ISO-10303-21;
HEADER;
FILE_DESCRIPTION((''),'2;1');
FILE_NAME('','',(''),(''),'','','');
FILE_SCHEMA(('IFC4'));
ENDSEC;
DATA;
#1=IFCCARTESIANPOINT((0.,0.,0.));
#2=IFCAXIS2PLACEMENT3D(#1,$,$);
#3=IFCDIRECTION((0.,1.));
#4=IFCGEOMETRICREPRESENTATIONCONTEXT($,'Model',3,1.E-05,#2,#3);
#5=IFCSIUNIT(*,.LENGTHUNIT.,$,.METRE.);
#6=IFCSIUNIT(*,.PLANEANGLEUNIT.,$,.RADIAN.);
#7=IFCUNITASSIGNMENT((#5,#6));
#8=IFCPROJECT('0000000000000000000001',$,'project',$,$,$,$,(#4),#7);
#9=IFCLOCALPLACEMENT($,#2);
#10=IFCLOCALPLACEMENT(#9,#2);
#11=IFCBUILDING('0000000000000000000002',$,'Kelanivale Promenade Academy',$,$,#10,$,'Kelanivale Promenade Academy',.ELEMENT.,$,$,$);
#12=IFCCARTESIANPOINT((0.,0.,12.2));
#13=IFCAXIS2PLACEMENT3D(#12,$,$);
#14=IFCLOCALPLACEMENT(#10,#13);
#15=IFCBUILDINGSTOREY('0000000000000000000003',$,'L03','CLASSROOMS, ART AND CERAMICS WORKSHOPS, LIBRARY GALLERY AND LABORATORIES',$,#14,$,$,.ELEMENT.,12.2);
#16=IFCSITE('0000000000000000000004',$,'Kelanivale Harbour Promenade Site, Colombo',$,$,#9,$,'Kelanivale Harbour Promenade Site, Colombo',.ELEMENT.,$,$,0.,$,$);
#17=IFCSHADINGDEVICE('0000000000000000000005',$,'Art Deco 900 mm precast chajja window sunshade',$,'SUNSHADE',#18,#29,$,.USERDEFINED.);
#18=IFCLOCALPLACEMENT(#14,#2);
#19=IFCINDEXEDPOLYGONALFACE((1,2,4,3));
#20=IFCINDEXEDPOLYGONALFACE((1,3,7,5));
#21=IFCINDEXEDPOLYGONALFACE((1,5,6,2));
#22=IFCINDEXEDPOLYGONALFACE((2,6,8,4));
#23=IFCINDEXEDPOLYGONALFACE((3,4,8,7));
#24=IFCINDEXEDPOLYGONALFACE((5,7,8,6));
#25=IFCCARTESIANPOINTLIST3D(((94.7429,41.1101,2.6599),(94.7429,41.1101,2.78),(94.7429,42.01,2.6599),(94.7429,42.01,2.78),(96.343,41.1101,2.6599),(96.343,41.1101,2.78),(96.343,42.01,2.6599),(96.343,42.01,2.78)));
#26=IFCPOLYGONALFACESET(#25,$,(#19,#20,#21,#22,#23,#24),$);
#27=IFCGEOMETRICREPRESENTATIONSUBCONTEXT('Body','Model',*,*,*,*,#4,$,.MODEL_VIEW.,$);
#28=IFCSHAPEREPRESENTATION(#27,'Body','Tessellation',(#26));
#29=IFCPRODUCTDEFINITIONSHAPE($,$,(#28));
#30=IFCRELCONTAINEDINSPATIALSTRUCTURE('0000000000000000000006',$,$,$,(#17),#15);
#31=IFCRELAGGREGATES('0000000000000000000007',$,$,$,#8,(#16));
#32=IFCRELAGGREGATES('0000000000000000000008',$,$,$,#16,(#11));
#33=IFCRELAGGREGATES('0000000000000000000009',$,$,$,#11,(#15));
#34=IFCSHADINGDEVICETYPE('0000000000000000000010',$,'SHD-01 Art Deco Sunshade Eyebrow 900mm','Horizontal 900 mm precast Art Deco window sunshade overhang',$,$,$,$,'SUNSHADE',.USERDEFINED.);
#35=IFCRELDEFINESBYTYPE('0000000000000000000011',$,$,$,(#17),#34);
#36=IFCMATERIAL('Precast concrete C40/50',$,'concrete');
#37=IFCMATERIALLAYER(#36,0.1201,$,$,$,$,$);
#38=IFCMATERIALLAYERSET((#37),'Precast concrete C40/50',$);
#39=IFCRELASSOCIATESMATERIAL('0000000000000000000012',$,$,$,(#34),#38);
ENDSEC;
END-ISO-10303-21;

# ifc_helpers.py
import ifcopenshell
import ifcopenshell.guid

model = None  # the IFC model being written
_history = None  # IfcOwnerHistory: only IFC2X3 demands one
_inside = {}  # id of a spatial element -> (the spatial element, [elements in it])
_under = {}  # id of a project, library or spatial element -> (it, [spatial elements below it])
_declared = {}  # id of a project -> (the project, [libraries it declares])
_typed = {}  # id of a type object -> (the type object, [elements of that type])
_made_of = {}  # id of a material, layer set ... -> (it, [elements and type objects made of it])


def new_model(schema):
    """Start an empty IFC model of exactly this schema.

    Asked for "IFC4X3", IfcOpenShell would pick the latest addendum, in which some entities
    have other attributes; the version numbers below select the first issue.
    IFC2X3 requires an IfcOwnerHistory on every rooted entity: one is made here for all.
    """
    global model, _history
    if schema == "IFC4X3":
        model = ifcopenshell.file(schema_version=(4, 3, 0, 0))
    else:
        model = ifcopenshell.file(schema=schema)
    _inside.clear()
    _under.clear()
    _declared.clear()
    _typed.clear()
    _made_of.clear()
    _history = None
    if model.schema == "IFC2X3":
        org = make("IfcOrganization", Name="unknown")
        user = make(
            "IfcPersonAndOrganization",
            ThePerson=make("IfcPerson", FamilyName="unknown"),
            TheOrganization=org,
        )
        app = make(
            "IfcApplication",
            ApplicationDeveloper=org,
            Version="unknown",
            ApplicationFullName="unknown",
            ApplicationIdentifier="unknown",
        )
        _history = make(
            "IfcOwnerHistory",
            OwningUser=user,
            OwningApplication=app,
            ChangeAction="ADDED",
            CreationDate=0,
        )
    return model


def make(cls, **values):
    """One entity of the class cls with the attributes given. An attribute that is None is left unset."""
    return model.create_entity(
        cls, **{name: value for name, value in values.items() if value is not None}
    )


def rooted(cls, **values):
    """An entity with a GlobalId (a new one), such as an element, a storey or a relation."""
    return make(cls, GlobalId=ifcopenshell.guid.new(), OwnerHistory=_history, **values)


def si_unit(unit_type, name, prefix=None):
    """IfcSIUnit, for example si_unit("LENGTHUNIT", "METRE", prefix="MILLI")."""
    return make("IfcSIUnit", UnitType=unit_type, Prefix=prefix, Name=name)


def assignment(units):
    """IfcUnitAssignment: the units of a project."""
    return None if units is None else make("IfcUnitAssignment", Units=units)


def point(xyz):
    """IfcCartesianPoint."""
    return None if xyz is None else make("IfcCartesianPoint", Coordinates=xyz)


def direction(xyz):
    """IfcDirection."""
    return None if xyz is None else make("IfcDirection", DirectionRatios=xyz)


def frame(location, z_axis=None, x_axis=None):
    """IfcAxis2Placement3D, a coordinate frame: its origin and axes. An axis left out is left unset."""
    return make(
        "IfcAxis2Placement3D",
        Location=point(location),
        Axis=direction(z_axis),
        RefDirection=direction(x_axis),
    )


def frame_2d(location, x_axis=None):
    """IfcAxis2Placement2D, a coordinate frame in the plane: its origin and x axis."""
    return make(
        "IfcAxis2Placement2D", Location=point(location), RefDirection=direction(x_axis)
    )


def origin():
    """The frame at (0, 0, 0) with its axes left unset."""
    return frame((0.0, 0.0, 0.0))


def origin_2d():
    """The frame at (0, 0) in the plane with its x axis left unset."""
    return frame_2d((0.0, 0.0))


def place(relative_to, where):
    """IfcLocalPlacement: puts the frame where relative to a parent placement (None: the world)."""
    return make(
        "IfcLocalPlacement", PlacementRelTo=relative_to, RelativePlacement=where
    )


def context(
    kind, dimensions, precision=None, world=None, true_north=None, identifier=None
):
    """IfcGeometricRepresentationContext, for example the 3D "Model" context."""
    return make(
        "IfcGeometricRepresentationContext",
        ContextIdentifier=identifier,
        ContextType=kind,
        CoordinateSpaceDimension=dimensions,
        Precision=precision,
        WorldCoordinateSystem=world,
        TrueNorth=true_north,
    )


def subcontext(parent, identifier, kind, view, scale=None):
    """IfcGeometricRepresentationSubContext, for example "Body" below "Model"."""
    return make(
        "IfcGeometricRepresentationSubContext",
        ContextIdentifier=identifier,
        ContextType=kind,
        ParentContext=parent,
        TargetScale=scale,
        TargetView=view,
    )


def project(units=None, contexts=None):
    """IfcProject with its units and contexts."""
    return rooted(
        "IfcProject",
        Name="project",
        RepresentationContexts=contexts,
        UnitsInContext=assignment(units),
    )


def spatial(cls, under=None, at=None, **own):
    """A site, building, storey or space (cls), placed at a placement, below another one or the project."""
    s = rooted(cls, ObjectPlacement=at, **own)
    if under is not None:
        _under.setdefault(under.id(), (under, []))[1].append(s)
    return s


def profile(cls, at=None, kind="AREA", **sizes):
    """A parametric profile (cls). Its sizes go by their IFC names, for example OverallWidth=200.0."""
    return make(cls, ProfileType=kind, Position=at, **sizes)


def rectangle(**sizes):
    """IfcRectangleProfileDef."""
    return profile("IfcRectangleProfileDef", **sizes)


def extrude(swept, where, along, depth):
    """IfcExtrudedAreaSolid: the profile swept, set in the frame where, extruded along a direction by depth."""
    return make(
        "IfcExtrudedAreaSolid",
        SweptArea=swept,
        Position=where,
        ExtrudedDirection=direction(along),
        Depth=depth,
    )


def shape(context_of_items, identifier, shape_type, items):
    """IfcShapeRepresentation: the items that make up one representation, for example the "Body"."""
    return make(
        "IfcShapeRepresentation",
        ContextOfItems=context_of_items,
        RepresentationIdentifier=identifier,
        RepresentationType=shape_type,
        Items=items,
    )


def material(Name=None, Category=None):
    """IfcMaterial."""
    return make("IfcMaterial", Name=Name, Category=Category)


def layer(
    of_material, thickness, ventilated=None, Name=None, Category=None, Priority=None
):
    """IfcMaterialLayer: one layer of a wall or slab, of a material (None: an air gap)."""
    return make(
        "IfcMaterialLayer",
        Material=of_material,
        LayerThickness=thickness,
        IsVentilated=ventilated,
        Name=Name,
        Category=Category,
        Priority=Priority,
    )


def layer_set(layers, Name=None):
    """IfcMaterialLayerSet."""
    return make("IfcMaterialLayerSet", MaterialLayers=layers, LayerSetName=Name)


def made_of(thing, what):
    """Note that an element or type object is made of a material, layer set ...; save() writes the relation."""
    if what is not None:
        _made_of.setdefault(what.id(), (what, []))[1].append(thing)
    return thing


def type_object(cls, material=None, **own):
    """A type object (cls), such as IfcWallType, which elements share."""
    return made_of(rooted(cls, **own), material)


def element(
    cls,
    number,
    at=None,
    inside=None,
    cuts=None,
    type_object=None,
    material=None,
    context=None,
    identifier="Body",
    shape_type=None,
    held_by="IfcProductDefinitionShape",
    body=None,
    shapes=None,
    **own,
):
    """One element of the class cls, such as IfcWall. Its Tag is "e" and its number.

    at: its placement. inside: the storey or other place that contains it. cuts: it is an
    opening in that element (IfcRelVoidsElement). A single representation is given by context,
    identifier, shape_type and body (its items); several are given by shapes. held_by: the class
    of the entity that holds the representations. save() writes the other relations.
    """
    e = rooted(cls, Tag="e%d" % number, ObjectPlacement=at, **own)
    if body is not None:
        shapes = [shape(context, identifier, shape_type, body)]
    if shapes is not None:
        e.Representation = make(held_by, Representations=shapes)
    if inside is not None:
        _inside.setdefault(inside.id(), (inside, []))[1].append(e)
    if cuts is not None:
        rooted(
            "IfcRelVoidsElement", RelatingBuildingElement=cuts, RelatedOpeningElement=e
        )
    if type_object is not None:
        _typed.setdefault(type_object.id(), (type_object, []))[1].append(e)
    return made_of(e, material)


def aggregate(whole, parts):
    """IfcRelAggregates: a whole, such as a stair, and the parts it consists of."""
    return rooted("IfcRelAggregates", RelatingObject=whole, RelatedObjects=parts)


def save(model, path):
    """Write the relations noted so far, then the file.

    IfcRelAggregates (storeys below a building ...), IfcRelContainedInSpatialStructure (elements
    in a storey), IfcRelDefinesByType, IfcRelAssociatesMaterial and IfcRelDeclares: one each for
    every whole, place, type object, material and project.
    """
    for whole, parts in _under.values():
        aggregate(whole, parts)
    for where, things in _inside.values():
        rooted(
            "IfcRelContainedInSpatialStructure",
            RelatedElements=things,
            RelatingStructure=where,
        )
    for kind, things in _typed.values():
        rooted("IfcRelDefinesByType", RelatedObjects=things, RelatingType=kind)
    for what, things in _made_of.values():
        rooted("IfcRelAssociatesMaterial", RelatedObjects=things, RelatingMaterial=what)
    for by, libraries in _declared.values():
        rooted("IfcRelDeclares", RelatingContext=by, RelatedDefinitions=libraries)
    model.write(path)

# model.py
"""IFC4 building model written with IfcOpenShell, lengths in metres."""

from ifc_helpers import new_model, si_unit, direction, frame, origin, origin_2d, place, context, subcontext, project, spatial, rectangle, extrude, material, layer, layer_set, type_object, element, save


model = new_model("IFC4")

# Units and contexts
model_context = context("Model", 3, precision=1e-05, world=origin(), true_north=direction((0.0, 1.0)))
body_context = subcontext(model_context, "Body", "Model", "MODEL_VIEW")
ifc_project = project(units=[si_unit("LENGTHUNIT", "METRE"), si_unit("PLANEANGLEUNIT", "RADIAN")], contexts=[model_context])

# Site, building, storey
site_placement = place(None, origin())
site = spatial("IfcSite", under=ifc_project, at=site_placement, Name="Kelanivale Harbour Promenade Site, Colombo", LongName="Kelanivale Harbour Promenade Site, Colombo", CompositionType="ELEMENT", RefElevation=0.0)
building_placement = place(site_placement, origin())
building = spatial("IfcBuilding", under=site, at=building_placement, Name="Kelanivale Promenade Academy", LongName="Kelanivale Promenade Academy", CompositionType="ELEMENT")
storey_placement = place(building_placement, frame((0.0, 0.0, 12.2)))
storey = spatial("IfcBuildingStorey", under=building, at=storey_placement, Name="L03", Description="CLASSROOMS, ART AND CERAMICS WORKSHOPS, LIBRARY GALLERY AND LABORATORIES", CompositionType="ELEMENT", Elevation=12.2)

# Shading device
ifc_material_1 = material(Name="Precast concrete C40/50", Category="concrete")
ifc_layer_1 = layer(ifc_material_1, 0.1201)
ifc_layer_set_1 = layer_set([ifc_layer_1], Name="Precast concrete C40/50")
shading_device_type = type_object("IfcShadingDeviceType", Name="SHD-01 Art Deco Sunshade Eyebrow 900mm", Description="Horizontal 900 mm precast Art Deco window sunshade overhang", ElementType="SUNSHADE", PredefinedType="USERDEFINED", material=ifc_layer_set_1)
shading_device_placement = place(storey_placement, frame((95.543, 41.5601, 2.6599), z_axis=(0.0, 0.0, 1.0), x_axis=(1.0, 0.0, 0.0)))
element("IfcShadingDevice", 1, at=shading_device_placement, inside=storey, type_object=shading_device_type, Name="Art Deco 900 mm precast chajja window sunshade", ObjectType="SUNSHADE", PredefinedType="USERDEFINED", context=body_context, shape_type="SweptSolid", body=[
    extrude(rectangle(XDim=1.6001, YDim=0.8999, at=origin_2d()), origin(), (0.0, 0.0, 1.0), 0.1201),
])

save(model, "model.ifc")
